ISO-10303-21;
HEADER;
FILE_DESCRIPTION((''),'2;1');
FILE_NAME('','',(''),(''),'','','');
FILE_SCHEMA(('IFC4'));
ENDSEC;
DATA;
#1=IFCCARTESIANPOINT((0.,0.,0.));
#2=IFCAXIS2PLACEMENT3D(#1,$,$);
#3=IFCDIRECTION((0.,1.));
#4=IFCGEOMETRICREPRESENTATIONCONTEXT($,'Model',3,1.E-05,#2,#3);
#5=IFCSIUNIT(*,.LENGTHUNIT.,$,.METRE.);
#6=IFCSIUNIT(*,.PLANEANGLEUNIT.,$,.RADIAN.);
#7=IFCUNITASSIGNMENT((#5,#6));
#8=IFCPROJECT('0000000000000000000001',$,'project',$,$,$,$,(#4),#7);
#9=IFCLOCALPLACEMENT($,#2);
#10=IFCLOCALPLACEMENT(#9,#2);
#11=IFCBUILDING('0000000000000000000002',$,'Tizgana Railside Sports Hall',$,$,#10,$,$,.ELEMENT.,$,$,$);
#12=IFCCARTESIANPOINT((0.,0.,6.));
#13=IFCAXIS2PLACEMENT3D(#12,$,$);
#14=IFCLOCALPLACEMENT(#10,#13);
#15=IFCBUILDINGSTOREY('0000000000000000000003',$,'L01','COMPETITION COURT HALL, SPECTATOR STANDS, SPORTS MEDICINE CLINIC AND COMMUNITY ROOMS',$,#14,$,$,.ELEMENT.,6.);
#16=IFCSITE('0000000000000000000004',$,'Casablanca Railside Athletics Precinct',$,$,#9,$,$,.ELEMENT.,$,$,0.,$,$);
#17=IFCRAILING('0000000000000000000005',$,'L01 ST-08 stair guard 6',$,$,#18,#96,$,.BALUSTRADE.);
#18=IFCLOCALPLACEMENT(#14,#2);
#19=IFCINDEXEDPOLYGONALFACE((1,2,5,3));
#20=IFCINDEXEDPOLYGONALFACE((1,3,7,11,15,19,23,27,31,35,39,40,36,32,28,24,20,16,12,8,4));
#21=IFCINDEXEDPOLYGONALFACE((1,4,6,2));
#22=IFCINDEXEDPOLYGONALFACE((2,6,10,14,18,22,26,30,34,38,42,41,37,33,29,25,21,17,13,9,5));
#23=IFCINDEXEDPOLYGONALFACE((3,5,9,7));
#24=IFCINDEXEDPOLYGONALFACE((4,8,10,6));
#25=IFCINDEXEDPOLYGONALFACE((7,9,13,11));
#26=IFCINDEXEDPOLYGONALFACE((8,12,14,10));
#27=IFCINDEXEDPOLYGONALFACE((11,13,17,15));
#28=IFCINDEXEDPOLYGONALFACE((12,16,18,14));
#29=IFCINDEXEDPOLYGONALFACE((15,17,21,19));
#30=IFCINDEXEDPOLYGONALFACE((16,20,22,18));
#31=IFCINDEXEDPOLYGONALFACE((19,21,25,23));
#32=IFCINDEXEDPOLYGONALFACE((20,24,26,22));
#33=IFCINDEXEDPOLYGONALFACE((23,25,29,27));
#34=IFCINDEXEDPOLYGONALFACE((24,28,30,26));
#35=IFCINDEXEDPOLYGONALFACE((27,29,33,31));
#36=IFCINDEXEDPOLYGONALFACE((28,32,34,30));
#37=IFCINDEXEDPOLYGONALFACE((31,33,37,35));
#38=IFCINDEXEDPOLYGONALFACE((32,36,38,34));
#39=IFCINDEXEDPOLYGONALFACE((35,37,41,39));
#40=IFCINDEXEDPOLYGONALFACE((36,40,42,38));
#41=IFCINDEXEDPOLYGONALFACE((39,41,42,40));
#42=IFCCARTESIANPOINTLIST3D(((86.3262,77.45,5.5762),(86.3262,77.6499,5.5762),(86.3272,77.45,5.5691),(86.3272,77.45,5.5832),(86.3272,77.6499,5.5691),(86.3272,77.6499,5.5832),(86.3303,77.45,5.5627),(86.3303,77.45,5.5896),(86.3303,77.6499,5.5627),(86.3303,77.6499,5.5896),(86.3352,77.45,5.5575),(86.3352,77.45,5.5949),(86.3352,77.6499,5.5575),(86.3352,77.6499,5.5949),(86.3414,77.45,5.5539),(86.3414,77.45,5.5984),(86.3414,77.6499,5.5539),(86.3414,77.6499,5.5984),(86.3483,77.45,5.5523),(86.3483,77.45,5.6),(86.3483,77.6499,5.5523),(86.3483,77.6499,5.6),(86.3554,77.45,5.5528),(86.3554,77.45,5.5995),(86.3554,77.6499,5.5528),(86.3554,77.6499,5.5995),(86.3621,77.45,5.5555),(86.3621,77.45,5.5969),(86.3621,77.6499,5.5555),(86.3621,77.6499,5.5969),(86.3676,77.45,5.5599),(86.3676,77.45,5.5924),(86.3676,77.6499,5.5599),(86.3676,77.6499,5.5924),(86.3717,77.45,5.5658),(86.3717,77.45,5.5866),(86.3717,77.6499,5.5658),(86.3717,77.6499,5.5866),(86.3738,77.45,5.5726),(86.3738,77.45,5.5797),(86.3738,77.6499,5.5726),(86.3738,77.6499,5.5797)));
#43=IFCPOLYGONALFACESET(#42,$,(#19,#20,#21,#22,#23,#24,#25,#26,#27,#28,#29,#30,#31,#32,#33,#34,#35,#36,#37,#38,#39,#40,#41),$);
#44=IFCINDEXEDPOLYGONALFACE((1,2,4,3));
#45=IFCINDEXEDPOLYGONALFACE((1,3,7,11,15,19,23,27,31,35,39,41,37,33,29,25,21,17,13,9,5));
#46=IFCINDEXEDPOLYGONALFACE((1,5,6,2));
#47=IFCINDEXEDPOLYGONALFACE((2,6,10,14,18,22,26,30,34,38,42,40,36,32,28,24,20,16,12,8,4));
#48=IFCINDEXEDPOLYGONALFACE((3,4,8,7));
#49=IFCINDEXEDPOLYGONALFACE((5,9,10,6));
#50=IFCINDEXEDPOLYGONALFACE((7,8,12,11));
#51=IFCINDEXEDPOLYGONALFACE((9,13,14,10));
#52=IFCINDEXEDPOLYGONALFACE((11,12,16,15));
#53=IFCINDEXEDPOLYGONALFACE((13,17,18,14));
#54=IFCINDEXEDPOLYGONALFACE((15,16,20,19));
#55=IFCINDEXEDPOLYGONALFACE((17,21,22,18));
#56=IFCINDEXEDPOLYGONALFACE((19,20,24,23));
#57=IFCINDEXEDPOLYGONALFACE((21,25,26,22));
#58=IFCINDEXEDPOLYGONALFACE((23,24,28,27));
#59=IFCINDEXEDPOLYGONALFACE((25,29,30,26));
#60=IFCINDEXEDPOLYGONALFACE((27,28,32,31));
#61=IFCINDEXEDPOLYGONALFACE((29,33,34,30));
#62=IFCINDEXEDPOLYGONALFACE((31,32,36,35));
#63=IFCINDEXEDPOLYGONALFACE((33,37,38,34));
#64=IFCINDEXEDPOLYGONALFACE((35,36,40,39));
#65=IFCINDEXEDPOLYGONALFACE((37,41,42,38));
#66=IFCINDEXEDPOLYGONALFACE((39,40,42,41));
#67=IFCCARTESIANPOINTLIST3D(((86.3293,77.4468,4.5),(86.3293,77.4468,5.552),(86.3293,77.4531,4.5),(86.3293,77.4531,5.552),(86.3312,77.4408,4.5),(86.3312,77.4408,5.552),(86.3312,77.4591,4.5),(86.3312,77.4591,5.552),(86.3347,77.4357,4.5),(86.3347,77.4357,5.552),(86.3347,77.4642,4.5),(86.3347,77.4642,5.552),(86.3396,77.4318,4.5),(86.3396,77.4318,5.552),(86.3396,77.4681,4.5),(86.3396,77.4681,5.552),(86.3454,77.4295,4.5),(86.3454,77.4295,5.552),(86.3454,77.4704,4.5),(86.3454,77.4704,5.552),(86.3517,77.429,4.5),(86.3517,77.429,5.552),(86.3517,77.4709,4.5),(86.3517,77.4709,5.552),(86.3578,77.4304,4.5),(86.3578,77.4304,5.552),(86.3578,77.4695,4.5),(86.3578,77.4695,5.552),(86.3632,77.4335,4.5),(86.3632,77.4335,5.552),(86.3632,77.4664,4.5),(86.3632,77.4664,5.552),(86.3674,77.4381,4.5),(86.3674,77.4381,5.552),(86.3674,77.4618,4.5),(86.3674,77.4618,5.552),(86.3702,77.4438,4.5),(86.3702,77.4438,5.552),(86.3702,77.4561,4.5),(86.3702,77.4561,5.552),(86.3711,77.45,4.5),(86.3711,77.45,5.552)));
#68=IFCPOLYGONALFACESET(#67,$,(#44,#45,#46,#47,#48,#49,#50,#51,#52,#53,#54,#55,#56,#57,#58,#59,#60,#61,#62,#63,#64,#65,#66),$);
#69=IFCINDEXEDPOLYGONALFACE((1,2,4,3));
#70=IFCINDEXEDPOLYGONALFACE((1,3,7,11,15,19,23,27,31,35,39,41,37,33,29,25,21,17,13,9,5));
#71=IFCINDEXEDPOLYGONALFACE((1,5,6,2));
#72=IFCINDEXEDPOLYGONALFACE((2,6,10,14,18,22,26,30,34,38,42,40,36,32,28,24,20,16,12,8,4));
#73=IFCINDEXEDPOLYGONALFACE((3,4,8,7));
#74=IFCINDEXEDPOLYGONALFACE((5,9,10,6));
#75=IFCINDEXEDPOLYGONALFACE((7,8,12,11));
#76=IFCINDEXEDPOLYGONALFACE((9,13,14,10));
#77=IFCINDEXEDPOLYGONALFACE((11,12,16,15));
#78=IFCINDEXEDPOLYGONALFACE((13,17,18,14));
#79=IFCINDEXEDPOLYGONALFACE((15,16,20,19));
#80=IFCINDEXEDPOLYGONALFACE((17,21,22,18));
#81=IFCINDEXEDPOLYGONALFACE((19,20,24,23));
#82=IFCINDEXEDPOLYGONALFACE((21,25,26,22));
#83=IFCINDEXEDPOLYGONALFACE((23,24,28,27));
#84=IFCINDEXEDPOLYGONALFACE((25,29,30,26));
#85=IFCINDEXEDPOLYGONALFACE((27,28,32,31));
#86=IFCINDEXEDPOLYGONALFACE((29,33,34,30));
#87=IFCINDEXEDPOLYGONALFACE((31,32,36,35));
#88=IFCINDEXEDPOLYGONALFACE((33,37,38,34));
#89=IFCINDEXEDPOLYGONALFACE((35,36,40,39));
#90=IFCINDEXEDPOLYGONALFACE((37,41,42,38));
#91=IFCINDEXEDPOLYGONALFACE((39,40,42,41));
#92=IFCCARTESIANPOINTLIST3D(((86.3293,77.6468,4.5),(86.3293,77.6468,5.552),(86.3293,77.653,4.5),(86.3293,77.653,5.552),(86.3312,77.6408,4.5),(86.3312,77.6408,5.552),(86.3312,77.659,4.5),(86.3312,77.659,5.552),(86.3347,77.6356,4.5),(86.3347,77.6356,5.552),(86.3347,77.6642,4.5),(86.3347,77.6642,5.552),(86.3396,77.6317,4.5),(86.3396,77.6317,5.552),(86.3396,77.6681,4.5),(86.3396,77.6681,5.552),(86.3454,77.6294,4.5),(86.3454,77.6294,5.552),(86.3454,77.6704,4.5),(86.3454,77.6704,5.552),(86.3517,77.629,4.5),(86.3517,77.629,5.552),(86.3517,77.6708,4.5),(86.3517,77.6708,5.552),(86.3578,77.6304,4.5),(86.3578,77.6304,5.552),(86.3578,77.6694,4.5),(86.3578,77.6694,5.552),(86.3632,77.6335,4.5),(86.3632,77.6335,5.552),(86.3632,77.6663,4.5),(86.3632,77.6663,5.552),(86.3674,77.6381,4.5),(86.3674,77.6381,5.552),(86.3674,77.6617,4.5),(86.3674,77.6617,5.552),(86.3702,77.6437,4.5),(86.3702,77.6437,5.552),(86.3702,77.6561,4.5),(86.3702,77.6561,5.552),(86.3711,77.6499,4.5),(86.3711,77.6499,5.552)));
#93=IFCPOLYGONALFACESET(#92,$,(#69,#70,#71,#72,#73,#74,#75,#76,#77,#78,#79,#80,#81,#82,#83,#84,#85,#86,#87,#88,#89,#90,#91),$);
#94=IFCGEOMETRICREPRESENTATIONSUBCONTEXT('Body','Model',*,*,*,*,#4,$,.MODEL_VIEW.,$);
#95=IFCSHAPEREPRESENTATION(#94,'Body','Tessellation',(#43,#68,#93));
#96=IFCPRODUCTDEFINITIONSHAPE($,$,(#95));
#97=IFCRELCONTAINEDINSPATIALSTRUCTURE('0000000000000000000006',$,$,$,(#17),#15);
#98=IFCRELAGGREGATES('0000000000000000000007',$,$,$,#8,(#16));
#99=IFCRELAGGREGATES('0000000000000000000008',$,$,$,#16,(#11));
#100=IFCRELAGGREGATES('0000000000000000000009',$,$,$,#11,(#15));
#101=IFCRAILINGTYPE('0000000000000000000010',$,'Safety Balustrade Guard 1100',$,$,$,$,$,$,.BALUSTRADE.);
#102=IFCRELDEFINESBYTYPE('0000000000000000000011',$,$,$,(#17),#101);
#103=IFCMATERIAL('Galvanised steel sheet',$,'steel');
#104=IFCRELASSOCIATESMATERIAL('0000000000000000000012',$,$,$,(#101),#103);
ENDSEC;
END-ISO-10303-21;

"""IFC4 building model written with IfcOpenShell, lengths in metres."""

from ifc_helpers import new_model, si_unit, direction, frame, origin, origin_2d, place, context, subcontext, project, spatial, circle, extrude, material, type_object, element, save


model = new_model("IFC4")

# Units and contexts
model_context = context("Model", 3, precision=1e-05, world=origin(), true_north=direction((0.0, 1.0)))
body_context = subcontext(model_context, "Body", "Model", "MODEL_VIEW")
ifc_project = project(units=[si_unit("LENGTHUNIT", "METRE"), si_unit("PLANEANGLEUNIT", "RADIAN")], contexts=[model_context])

# Site, building, storey
site_placement = place(None, origin())
site = spatial("IfcSite", under=ifc_project, at=site_placement, Name="Casablanca Railside Athletics Precinct", CompositionType="ELEMENT", RefElevation=0.0)
building_placement = place(site_placement, origin())
building = spatial("IfcBuilding", under=site, at=building_placement, Name="Tizgana Railside Sports Hall", CompositionType="ELEMENT")
storey_placement = place(building_placement, frame((0.0, 0.0, 6.0)))
storey = spatial("IfcBuildingStorey", under=building, at=storey_placement, Name="L01", Description="COMPETITION COURT HALL, SPECTATOR STANDS, SPORTS MEDICINE CLINIC AND COMMUNITY ROOMS", CompositionType="ELEMENT", Elevation=6.0)

# Railing
ifc_material_1 = material(Name="Galvanised steel sheet", Category="steel")
railing_type_1 = type_object("IfcRailingType", Name="Safety Balustrade Guard 1100", PredefinedType="BALUSTRADE", material=ifc_material_1)
railing_1_placement = place(storey_placement, frame((86.3501, 77.45, 4.5)))
element("IfcRailing", 1, at=railing_1_placement, inside=storey, type_object=railing_type_1, Name="L01 ST-08 stair guard 6", PredefinedType="BALUSTRADE", context=body_context, shape_type="SweptSolid", body=[
    extrude(circle(Radius=0.0239, at=origin_2d()), frame((0.0, 0.0, 1.0762), z_axis=(0.0, 1.0, 0.0), x_axis=(-1.0, 0.0, 0.0)), (0.0, 0.0, 1.0), 0.2),
    extrude(circle(Radius=0.021, at=origin_2d()), origin(), (0.0, 0.0, 1.0), 1.052),
    extrude(circle(Radius=0.021, at=origin_2d()), frame((0.0, 0.2, 0.0)), (0.0, 0.0, 1.0), 1.052),
])

save(model, "model.ifc")
